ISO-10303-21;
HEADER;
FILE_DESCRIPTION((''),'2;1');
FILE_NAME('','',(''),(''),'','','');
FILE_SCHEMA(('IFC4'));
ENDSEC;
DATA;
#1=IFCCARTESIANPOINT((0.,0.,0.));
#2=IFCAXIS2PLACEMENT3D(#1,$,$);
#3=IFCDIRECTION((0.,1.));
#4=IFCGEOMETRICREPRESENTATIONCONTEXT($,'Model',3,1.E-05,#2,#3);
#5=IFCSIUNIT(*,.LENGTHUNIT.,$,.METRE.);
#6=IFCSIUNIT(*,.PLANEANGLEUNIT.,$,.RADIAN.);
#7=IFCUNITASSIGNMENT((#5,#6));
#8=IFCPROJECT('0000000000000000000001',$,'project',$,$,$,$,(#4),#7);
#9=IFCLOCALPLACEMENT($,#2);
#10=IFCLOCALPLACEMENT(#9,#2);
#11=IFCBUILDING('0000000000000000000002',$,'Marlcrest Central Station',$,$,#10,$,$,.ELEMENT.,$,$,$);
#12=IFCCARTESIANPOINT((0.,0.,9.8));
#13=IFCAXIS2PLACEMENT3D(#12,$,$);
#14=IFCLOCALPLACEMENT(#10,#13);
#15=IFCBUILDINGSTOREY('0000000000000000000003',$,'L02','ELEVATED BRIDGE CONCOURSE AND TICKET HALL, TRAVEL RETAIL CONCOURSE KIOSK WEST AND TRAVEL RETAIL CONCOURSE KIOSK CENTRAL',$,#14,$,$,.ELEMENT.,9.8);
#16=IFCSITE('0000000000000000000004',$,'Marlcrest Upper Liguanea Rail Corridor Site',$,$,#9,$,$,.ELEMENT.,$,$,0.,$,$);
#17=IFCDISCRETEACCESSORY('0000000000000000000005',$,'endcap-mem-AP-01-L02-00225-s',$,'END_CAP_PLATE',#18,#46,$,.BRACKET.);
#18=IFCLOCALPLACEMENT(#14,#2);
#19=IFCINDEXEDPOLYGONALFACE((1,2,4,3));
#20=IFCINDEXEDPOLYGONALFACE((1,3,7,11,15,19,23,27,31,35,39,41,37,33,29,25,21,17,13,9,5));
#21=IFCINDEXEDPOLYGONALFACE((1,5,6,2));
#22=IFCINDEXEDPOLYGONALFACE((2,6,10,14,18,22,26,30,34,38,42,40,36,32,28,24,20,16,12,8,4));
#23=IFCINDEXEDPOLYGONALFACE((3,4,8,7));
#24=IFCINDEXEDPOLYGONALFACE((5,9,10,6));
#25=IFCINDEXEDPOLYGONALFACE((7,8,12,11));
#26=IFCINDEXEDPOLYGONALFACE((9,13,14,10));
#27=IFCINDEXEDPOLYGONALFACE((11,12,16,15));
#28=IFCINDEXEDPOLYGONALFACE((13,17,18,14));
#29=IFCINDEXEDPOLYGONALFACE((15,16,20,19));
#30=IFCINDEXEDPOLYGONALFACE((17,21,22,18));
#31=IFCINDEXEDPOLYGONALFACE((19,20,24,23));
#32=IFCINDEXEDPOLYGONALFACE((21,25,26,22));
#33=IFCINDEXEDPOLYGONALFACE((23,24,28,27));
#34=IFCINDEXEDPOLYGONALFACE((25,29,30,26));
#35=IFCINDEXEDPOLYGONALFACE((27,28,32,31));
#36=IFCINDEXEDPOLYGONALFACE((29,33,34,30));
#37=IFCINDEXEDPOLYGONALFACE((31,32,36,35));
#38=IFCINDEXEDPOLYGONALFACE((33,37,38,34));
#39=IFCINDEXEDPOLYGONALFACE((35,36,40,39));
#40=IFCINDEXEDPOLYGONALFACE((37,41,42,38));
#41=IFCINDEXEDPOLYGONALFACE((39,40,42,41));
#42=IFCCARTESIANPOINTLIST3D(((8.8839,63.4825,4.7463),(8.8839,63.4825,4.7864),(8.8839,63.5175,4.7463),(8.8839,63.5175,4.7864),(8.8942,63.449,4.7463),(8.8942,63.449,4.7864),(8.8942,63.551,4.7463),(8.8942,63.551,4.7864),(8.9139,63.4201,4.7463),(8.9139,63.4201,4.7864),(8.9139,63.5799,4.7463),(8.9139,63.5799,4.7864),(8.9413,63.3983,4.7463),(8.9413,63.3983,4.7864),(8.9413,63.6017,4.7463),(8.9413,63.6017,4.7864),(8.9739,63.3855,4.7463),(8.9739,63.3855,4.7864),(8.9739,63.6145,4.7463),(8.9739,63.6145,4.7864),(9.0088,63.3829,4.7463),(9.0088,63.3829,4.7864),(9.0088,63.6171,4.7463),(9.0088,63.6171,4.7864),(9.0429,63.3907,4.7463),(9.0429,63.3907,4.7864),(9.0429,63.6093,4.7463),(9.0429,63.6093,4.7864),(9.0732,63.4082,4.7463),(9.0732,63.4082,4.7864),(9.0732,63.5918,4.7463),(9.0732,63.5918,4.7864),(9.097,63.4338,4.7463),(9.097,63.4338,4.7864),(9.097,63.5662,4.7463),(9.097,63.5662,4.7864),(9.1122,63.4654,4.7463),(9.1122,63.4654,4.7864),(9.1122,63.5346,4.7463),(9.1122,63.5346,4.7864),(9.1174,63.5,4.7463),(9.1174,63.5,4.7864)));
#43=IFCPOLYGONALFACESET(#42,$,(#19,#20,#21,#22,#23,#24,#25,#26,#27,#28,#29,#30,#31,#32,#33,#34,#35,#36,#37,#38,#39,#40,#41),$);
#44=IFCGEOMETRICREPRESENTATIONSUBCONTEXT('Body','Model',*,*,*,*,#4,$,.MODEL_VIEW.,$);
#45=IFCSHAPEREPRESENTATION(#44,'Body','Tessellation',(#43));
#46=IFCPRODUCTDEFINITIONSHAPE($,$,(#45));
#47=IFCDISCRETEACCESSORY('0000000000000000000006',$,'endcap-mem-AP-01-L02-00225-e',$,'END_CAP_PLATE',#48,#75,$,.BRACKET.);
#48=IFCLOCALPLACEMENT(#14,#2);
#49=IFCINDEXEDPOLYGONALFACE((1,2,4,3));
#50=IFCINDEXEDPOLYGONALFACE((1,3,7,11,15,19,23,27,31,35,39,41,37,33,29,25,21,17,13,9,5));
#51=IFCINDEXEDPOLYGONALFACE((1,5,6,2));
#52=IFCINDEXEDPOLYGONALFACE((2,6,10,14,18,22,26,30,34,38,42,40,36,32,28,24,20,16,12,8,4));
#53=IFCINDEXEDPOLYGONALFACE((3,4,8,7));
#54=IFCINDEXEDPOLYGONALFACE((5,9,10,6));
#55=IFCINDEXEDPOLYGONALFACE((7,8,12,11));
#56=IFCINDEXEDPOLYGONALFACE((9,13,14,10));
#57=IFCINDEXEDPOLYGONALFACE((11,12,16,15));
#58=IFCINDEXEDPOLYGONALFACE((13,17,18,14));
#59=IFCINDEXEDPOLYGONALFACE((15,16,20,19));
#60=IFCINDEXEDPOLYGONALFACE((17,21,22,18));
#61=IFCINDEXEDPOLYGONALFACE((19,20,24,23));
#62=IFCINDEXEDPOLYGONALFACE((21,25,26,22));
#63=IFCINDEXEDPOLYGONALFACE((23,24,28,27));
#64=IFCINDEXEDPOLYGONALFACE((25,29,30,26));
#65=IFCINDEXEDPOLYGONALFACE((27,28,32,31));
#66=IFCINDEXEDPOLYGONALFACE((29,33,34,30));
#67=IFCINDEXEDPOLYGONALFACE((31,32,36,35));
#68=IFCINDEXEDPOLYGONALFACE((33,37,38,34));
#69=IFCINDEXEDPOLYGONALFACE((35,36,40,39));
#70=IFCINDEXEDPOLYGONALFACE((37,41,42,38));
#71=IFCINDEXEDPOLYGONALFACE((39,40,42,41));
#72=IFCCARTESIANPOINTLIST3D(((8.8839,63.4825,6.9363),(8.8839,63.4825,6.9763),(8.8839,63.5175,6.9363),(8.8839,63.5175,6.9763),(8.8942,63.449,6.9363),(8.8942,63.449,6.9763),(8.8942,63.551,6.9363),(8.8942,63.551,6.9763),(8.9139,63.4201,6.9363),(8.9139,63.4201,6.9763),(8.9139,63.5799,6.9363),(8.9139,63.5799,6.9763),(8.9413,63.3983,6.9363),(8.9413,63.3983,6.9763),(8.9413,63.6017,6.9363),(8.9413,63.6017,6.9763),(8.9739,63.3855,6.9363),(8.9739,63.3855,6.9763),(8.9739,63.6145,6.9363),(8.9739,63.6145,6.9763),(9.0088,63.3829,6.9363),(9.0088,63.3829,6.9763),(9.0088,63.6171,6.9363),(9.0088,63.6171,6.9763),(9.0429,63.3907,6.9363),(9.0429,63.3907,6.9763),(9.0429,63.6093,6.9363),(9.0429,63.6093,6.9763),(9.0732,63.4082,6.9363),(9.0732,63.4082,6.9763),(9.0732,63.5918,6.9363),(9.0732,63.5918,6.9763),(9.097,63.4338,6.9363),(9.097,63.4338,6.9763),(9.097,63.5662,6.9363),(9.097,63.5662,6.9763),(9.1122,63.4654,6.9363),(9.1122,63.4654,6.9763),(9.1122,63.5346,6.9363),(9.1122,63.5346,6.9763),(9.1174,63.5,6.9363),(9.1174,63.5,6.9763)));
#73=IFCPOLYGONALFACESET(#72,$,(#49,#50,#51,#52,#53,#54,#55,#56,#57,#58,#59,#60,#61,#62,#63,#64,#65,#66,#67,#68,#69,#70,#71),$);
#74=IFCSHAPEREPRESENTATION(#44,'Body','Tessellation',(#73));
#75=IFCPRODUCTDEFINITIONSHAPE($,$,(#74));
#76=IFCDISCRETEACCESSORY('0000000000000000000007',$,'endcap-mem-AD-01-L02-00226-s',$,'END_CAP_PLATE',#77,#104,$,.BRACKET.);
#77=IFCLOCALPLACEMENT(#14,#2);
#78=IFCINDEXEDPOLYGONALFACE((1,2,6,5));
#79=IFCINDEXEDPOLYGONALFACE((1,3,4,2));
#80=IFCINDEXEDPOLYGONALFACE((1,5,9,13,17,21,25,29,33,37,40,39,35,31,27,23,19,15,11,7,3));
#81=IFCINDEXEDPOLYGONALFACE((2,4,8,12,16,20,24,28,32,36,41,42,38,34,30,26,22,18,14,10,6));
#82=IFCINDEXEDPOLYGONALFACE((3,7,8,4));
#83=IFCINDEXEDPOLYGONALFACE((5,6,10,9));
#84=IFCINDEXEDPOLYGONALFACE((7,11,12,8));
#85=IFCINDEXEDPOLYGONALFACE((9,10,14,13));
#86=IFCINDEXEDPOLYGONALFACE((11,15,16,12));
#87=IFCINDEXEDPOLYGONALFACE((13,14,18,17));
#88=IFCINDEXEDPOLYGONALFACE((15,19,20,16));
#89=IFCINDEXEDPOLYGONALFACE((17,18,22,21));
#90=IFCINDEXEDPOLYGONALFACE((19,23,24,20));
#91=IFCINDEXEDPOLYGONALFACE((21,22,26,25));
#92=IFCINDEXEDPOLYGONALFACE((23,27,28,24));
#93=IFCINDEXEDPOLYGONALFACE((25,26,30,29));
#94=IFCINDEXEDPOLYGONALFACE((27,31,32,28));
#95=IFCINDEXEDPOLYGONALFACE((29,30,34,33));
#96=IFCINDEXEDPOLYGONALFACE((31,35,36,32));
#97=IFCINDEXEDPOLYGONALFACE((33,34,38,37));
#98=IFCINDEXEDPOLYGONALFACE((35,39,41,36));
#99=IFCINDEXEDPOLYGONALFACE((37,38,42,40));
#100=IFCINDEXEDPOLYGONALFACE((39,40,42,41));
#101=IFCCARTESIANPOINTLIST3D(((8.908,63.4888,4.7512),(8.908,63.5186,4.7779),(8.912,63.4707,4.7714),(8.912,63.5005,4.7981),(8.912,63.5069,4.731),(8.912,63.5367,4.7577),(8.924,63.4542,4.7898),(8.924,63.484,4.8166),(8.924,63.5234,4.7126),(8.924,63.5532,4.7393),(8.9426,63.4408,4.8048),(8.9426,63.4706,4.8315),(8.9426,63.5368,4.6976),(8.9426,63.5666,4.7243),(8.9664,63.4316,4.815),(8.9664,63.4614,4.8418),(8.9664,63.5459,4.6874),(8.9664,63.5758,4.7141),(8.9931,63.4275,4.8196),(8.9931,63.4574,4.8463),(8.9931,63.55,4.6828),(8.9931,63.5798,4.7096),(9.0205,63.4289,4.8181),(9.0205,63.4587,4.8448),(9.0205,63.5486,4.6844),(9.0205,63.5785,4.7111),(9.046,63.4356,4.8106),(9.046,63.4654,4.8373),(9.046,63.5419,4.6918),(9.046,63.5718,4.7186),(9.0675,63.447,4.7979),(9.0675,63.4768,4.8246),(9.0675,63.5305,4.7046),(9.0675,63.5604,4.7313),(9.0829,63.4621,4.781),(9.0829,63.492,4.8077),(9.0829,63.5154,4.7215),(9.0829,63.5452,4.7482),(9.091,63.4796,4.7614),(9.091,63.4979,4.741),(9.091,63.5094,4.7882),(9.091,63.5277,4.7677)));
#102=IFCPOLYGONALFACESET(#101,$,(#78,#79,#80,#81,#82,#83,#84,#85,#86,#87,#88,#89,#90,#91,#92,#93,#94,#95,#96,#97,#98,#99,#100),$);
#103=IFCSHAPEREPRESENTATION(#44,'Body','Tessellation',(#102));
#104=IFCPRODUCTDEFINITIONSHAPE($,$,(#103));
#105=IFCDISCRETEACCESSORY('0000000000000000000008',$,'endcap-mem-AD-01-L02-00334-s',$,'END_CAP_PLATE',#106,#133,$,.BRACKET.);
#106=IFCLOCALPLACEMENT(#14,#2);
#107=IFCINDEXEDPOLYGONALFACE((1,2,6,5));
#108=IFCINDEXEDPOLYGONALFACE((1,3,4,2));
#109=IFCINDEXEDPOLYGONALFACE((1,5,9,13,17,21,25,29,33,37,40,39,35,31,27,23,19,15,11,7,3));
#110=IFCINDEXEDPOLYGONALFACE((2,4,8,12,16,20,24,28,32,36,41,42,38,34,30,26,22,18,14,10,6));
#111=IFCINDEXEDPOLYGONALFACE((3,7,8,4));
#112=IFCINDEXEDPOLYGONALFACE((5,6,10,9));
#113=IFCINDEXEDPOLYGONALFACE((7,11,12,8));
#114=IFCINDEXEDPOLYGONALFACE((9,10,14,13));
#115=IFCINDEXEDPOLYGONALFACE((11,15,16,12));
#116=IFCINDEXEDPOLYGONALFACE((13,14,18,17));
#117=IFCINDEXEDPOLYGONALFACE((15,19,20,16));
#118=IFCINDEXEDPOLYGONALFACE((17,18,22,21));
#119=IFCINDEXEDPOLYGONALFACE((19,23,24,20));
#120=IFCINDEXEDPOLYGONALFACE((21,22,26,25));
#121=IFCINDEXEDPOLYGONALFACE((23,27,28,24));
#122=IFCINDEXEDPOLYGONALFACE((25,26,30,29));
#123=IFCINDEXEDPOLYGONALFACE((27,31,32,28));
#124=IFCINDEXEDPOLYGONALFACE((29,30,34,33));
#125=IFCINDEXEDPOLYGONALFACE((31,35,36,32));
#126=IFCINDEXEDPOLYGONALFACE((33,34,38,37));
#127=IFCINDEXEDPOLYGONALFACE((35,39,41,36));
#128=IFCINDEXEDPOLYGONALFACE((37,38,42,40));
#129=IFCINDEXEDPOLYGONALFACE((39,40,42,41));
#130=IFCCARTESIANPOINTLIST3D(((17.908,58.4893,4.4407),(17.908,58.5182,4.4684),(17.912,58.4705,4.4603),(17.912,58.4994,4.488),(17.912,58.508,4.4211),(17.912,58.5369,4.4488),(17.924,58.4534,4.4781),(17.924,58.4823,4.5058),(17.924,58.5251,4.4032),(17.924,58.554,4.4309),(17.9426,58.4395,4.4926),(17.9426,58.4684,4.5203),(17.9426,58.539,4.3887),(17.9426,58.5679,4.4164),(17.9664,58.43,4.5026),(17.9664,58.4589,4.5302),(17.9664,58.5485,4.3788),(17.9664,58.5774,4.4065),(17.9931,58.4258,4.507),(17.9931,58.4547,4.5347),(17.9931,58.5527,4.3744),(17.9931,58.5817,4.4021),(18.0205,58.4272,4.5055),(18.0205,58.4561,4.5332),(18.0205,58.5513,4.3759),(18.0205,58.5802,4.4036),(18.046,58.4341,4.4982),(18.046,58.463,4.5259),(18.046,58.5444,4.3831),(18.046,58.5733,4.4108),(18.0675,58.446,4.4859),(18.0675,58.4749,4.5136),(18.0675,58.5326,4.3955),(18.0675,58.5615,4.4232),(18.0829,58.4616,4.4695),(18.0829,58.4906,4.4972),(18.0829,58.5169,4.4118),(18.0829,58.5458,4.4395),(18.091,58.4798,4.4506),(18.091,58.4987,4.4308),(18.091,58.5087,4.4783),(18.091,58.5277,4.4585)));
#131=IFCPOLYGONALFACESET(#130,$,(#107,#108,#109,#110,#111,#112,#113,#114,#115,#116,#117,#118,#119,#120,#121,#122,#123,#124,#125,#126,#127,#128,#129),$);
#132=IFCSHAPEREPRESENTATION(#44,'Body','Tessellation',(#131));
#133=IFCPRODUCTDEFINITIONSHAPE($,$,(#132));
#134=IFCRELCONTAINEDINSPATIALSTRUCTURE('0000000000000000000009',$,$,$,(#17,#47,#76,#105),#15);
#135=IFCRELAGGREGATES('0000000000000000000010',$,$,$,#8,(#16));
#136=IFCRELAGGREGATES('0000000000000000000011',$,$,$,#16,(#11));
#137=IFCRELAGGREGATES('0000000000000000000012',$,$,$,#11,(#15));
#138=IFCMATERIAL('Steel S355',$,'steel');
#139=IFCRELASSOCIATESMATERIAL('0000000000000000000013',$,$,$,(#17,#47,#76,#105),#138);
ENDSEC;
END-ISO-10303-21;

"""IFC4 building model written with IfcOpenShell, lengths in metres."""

from ifc_helpers import new_model, si_unit, direction, frame, origin, origin_2d, place, context, subcontext, project, spatial, circle, extrude, material, element, save


model = new_model("IFC4")

# Units and contexts
model_context = context("Model", 3, precision=1e-05, world=origin(), true_north=direction((0.0, 1.0)))
body_context = subcontext(model_context, "Body", "Model", "MODEL_VIEW")
ifc_project = project(units=[si_unit("LENGTHUNIT", "METRE"), si_unit("PLANEANGLEUNIT", "RADIAN")], contexts=[model_context])

# Site, building, storey
site_placement = place(None, origin())
site = spatial("IfcSite", under=ifc_project, at=site_placement, Name="Marlcrest Upper Liguanea Rail Corridor Site", CompositionType="ELEMENT", RefElevation=0.0)
building_placement = place(site_placement, origin())
building = spatial("IfcBuilding", under=site, at=building_placement, Name="Marlcrest Central Station", CompositionType="ELEMENT")
storey_placement = place(building_placement, frame((0.0, 0.0, 9.8)))
storey = spatial("IfcBuildingStorey", under=building, at=storey_placement, Name="L02", Description="ELEVATED BRIDGE CONCOURSE AND TICKET HALL, TRAVEL RETAIL CONCOURSE KIOSK WEST AND TRAVEL RETAIL CONCOURSE KIOSK CENTRAL", CompositionType="ELEMENT", Elevation=9.8)

# Shared definitions
ifc_material = material(Name="Steel S355", Category="steel")

# Discrete accessories
for number, where, z_axis, x_axis, name in (
    (1, (9.0, 63.5, 4.7463), (0.0, 0.0, 1.0), (1.0, 0.0, 0.0), "endcap-mem-AP-01-L02-00225-s"),
    (2, (9.0, 63.5, 6.9363), (0.0, 0.0, 1.0), (1.0, 0.0, 0.0), "endcap-mem-AP-01-L02-00225-e"),
):
    element("IfcDiscreteAccessory", number, at=place(storey_placement, frame(where, z_axis=z_axis, x_axis=x_axis)), inside=storey, material=ifc_material, Name=name, ObjectType="END_CAP_PLATE", PredefinedType="BRACKET", context=body_context, shape_type="SweptSolid", body=[
        extrude(circle(Radius=0.1174, at=origin_2d()), origin(), (0.0, 0.0, 1.0), 0.04),
    ])
for number, where, z_axis, x_axis, name in (
    (3, (9.0, 63.4888, 4.7512), (0.0, 0.744956, 0.667114), (-1.0, 0.0, 0.0), "endcap-mem-AD-01-L02-00226-s"),
    (4, (18.0, 58.4893, 4.4407), (0.0, 0.722247, 0.691636), (-1.0, 0.0, 0.0), "endcap-mem-AD-01-L02-00334-s"),
):
    element("IfcDiscreteAccessory", number, at=place(storey_placement, frame(where, z_axis=z_axis, x_axis=x_axis)), inside=storey, material=ifc_material, Name=name, ObjectType="END_CAP_PLATE", PredefinedType="BRACKET", context=body_context, shape_type="SweptSolid", body=[
        extrude(circle(Radius=0.092, at=origin_2d()), origin(), (0.0, 0.0, 1.0), 0.04),
    ])

save(model, "model.ifc")
